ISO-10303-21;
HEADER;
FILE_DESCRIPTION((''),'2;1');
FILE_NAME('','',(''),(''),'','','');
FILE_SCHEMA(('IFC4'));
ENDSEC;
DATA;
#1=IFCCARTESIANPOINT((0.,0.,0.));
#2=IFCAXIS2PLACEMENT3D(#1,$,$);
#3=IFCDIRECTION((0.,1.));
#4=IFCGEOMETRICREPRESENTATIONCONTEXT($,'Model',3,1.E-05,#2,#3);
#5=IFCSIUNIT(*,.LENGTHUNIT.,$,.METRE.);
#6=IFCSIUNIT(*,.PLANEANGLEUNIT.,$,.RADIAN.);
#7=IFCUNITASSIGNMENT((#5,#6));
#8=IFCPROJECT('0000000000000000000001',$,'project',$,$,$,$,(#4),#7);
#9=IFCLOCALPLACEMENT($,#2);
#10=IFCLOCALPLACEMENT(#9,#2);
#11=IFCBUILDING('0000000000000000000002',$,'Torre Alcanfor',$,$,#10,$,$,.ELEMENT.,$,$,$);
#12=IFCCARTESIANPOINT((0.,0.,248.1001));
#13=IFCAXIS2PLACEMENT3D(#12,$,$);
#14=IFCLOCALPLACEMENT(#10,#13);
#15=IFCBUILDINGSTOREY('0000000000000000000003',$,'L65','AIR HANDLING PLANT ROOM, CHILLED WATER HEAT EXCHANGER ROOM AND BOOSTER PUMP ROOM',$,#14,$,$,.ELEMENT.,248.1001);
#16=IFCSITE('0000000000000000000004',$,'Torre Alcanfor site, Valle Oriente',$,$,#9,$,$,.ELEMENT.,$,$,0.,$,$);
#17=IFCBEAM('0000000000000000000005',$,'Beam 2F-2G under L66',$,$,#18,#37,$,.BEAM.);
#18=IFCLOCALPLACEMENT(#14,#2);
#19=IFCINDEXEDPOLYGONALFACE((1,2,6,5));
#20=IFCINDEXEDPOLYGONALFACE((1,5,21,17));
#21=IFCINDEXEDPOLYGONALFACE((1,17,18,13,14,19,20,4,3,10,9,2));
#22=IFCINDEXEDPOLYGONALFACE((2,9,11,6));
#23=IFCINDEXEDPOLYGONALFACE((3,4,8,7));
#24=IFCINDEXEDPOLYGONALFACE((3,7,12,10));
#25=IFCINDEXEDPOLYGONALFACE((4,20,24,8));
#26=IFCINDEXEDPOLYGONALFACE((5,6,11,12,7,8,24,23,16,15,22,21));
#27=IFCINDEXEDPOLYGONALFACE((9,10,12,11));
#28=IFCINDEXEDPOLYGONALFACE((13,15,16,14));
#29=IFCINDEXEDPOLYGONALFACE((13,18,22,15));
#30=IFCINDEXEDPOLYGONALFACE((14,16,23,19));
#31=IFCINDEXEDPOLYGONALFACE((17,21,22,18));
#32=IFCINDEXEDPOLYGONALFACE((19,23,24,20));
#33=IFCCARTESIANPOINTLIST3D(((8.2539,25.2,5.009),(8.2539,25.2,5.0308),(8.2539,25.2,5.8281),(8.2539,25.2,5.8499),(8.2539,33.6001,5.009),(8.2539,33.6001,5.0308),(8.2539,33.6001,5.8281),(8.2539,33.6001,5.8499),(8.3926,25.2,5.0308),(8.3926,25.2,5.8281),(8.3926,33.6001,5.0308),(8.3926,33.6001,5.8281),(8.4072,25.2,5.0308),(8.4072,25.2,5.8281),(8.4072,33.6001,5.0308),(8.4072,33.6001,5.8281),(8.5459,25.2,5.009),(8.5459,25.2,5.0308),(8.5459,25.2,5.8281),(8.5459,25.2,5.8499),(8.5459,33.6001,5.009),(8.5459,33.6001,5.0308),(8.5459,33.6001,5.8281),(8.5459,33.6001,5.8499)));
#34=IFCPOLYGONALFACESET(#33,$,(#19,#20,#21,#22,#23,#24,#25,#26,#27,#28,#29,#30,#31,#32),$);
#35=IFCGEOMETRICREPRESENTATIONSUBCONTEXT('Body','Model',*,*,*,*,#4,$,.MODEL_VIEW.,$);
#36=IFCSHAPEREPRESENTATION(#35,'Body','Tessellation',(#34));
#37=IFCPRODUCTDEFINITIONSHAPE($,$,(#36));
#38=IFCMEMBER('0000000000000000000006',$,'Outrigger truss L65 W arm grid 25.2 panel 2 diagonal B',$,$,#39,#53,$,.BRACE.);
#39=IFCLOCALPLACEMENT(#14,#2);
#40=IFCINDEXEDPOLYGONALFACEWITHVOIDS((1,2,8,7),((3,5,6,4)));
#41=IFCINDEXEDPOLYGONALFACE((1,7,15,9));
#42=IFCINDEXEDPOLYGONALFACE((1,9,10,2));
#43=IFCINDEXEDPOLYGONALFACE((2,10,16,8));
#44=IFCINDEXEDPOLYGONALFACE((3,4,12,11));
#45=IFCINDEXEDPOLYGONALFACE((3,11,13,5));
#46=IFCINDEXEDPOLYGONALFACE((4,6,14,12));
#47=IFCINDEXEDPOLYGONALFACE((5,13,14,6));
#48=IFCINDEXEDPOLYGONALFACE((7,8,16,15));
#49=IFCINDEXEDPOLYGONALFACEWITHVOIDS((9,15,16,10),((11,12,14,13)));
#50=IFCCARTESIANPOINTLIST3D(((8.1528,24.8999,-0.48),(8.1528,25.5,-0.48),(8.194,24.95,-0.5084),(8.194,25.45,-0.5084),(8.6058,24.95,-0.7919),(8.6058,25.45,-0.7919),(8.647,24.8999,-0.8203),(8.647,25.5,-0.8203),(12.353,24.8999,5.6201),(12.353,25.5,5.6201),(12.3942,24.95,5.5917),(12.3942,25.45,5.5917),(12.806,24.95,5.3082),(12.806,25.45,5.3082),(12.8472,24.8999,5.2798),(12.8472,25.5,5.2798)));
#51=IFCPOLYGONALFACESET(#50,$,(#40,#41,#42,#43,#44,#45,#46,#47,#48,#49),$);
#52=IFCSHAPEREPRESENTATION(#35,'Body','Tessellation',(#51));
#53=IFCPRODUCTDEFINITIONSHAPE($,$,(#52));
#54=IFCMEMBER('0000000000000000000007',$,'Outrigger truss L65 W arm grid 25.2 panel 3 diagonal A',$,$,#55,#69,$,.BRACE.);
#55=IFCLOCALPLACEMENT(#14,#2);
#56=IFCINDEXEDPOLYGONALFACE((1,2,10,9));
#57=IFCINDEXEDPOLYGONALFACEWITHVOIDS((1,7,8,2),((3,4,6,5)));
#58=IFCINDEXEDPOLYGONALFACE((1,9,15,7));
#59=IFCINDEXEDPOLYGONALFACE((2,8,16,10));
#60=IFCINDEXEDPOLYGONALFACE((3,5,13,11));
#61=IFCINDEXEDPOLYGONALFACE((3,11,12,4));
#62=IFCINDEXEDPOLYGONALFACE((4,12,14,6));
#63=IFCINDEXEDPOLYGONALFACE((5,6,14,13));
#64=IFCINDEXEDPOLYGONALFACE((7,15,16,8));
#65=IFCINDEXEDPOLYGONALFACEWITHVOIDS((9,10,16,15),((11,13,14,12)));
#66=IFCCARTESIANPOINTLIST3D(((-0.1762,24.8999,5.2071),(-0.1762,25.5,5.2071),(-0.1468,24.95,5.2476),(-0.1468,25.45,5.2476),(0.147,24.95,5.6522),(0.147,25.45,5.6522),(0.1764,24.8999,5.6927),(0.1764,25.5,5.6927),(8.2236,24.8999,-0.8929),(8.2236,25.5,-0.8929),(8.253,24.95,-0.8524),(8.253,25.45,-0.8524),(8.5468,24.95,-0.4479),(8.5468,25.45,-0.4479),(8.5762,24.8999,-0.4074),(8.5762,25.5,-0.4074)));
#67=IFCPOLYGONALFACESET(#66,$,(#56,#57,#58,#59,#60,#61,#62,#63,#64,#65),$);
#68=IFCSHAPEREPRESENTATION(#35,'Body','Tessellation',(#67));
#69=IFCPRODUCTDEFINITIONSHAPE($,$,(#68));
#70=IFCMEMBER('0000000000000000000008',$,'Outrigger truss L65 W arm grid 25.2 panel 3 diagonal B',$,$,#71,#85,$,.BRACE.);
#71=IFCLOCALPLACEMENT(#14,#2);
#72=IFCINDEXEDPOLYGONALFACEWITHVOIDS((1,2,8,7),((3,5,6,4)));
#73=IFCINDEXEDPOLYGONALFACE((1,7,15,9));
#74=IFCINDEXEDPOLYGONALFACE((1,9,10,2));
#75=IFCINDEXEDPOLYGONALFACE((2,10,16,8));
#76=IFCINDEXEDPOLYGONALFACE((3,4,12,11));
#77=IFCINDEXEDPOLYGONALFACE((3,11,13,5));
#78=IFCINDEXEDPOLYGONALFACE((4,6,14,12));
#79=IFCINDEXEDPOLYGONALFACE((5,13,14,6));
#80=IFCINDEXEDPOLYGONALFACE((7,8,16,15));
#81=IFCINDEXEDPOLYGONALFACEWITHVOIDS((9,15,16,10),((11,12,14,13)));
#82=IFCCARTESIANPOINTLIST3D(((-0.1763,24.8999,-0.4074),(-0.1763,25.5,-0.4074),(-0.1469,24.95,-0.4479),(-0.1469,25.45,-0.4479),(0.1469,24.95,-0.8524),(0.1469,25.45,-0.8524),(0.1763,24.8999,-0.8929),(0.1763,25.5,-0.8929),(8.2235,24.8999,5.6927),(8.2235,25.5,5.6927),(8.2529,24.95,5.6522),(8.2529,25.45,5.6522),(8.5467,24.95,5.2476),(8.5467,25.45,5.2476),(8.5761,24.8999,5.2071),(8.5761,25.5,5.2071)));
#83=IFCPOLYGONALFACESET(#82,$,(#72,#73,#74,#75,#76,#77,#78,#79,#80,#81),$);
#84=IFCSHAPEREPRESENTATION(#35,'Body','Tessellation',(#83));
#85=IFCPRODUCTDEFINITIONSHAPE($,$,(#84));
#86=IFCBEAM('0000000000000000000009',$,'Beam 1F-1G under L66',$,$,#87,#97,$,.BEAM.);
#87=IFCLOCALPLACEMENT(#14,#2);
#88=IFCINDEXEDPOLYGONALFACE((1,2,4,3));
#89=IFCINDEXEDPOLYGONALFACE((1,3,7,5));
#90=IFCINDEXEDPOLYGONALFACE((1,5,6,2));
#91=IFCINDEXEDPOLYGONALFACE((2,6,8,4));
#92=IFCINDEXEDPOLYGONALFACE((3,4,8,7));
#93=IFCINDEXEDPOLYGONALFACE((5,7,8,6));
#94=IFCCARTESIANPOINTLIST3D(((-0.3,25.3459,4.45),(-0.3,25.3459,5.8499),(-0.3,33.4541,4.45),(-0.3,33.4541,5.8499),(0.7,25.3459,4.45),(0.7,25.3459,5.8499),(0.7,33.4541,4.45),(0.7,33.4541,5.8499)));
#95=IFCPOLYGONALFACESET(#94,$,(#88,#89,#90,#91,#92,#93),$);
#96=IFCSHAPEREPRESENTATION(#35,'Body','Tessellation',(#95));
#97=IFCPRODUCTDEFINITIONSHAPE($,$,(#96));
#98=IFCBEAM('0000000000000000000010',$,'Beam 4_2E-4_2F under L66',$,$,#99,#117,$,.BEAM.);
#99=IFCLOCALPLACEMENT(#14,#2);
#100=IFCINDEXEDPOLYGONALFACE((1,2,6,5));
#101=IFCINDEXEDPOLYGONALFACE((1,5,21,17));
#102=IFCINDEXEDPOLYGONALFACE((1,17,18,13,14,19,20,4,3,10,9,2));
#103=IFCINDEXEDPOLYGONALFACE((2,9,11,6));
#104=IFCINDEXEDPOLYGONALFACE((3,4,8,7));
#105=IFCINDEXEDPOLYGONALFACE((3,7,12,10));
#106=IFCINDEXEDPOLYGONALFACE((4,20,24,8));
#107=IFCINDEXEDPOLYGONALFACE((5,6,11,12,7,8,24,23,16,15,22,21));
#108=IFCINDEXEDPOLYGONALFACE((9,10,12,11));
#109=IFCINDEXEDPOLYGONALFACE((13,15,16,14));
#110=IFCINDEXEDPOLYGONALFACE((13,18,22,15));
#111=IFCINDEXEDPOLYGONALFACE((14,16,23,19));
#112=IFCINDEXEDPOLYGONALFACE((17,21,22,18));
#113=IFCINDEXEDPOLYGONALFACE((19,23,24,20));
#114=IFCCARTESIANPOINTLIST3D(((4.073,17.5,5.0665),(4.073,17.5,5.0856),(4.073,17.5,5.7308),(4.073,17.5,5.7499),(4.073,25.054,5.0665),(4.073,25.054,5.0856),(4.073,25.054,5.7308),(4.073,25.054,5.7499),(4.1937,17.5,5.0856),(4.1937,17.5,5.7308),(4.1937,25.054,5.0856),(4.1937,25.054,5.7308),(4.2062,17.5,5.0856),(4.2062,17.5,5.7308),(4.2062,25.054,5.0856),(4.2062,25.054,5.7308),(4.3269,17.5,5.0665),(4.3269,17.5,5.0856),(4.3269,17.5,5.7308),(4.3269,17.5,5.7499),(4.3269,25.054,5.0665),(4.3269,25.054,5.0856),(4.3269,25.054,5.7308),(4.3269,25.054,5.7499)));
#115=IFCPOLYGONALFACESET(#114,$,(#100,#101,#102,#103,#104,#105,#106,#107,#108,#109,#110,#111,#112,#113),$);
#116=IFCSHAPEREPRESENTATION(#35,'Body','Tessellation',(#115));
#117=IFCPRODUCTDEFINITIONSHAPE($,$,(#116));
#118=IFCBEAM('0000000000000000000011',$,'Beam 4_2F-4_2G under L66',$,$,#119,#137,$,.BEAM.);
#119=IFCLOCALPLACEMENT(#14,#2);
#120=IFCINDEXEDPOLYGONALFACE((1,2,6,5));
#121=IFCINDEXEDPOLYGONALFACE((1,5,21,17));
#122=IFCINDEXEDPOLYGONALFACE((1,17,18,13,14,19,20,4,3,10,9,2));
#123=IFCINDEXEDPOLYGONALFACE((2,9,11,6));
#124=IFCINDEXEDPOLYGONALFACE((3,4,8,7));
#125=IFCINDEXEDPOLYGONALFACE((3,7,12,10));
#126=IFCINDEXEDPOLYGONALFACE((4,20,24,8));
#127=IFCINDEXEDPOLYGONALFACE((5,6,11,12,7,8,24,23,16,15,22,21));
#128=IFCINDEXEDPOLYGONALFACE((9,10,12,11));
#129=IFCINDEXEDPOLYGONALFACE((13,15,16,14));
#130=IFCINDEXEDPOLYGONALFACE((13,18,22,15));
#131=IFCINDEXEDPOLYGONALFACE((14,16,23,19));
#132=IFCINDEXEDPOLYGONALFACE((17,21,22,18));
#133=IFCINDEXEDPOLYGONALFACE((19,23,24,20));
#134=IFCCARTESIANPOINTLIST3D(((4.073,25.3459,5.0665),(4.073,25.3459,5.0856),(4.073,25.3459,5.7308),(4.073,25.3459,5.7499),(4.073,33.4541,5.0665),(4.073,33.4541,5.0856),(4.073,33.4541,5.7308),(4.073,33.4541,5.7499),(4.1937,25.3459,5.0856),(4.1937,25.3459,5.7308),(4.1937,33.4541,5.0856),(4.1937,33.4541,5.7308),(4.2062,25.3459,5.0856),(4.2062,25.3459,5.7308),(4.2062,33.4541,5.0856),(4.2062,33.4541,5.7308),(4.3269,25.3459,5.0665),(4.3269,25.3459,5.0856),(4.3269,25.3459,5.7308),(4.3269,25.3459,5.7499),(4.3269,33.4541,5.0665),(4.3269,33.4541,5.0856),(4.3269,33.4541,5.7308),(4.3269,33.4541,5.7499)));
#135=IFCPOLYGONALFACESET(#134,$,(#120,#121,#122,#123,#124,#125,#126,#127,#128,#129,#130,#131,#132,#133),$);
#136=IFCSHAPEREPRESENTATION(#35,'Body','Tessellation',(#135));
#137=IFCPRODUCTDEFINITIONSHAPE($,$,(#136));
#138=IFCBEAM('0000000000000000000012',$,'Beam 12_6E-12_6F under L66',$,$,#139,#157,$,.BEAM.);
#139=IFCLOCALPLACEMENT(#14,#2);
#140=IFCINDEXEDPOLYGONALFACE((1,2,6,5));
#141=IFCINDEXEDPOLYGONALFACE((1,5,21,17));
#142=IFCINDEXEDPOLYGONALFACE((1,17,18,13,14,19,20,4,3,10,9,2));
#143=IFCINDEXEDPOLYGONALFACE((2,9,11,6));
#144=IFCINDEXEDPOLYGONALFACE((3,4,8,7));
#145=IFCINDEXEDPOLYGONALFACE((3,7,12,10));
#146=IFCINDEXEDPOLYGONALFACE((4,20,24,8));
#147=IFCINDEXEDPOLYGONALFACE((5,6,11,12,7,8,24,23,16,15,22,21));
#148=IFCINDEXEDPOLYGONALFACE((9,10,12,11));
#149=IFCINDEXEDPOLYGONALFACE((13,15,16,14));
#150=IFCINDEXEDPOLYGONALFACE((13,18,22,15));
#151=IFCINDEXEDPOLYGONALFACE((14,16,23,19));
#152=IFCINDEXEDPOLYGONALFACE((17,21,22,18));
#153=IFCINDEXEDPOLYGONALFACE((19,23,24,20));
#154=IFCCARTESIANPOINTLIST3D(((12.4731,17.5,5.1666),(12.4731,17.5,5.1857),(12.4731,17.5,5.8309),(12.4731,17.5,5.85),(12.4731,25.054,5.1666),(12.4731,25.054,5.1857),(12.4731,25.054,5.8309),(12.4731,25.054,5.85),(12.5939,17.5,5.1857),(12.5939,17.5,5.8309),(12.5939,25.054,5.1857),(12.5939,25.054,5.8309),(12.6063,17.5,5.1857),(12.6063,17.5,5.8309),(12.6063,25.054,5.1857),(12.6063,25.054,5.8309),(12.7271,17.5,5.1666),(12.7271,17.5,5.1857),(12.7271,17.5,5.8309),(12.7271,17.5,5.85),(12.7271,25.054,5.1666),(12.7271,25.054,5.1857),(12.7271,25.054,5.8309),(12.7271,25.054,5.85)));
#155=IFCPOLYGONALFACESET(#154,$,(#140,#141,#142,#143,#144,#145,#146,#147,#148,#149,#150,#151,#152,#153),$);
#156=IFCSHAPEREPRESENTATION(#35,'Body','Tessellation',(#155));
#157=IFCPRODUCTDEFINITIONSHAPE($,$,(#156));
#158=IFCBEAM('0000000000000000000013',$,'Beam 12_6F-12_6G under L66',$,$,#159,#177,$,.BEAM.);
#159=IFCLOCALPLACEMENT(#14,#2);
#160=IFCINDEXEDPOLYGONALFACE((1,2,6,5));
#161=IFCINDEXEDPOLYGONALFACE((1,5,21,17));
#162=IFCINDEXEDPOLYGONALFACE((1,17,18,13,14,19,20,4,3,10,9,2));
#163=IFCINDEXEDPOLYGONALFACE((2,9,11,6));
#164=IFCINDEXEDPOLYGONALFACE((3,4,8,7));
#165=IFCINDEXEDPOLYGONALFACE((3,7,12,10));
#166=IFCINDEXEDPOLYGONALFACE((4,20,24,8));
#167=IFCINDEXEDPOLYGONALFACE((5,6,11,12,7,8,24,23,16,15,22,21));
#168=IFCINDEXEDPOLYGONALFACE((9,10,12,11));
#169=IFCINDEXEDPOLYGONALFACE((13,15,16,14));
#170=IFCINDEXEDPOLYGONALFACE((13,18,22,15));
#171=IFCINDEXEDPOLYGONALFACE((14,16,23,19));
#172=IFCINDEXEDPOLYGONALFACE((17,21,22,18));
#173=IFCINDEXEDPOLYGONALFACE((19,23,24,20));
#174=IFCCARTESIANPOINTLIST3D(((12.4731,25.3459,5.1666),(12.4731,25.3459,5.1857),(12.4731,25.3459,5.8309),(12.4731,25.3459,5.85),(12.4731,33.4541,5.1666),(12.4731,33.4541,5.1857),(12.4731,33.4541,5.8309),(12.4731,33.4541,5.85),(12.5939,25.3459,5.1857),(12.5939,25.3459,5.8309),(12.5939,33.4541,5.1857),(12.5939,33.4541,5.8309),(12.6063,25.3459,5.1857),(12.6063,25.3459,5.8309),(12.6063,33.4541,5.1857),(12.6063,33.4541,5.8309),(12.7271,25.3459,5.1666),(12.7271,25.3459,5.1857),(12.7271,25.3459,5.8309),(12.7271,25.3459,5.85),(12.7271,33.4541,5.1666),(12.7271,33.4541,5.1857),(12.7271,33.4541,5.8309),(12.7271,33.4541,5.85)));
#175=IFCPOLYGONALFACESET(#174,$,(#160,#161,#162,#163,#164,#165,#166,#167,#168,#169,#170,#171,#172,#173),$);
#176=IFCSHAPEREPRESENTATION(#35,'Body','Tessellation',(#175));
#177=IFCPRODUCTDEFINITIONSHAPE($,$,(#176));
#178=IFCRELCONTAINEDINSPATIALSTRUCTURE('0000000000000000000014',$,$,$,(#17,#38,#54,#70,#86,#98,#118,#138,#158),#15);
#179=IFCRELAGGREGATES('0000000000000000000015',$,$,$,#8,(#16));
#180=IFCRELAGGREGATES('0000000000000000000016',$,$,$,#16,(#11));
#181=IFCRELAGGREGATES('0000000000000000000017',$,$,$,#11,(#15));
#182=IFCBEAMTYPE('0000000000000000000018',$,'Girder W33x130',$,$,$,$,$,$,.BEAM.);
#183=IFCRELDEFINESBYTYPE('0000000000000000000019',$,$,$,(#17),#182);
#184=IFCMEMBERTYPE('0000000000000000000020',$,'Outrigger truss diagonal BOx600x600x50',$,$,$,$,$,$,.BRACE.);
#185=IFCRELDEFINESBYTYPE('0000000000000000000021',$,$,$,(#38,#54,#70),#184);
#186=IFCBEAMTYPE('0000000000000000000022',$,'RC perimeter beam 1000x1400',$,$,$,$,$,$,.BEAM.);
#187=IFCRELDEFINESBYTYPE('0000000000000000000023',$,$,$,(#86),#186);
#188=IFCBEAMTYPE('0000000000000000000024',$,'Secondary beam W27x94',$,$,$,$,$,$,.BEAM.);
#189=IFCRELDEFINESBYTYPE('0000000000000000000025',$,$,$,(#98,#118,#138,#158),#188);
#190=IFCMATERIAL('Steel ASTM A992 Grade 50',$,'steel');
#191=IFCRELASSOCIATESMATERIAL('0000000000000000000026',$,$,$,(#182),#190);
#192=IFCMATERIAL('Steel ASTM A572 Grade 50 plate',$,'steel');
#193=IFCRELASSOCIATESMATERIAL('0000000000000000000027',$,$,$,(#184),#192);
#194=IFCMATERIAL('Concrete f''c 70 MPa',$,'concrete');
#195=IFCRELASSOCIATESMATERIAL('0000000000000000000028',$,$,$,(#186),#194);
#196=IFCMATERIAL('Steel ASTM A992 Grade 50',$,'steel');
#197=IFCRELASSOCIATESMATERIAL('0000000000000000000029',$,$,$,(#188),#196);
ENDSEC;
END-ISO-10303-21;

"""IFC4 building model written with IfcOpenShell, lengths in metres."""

from ifc_helpers import new_model, si_unit, direction, frame, origin, origin_2d, place, context, subcontext, project, spatial, rectangle, hollow_rectangle, i_section, extrude, material, material_profile, profile_set, type_object, element, save


model = new_model("IFC4")

# Units and contexts
model_context = context("Model", 3, precision=1e-05, world=origin(), true_north=direction((0.0, 1.0)))
body_context = subcontext(model_context, "Body", "Model", "MODEL_VIEW")
ifc_project = project(units=[si_unit("LENGTHUNIT", "METRE"), si_unit("PLANEANGLEUNIT", "RADIAN")], contexts=[model_context])

# Site, building, storey
site_placement = place(None, origin())
site = spatial("IfcSite", under=ifc_project, at=site_placement, Name="Torre Alcanfor site, Valle Oriente", CompositionType="ELEMENT", RefElevation=0.0)
building_placement = place(site_placement, origin())
building = spatial("IfcBuilding", under=site, at=building_placement, Name="Torre Alcanfor", CompositionType="ELEMENT")
storey_placement = place(building_placement, frame((0.0, 0.0, 248.1001)))
storey = spatial("IfcBuildingStorey", under=building, at=storey_placement, Name="L65", Description="AIR HANDLING PLANT ROOM, CHILLED WATER HEAT EXCHANGER ROOM AND BOOSTER PUMP ROOM", CompositionType="ELEMENT", Elevation=248.1001)

# Beam
ifc_material_1 = material(Name="Steel ASTM A992 Grade 50", Category="steel")
ifc_material_profile_1 = material_profile(ifc_material_1, i_section(OverallWidth=0.292, OverallDepth=0.8408, WebThickness=0.0146, FlangeThickness=0.0217, at=origin_2d()), Name="W33x130")
ifc_profile_set_1 = profile_set([ifc_material_profile_1], Name="Steel ASTM A992 Grade 50")
beam_type_1 = type_object("IfcBeamType", Name="Girder W33x130", PredefinedType="BEAM", material=ifc_profile_set_1)
for number, where, z_axis, x_axis, name in (
    (1, (8.3999, 25.2, 5.4294), (0.0, 1.0, 0.0), (-1.0, 0.0, 0.0), "Beam 2F-2G under L66"),
):
    element("IfcBeam", number, at=place(storey_placement, frame(where, z_axis=z_axis, x_axis=x_axis)), inside=storey, type_object=beam_type_1, Name=name, PredefinedType="BEAM", context=body_context, shape_type="SweptSolid", body=[
        extrude(i_section(OverallWidth=0.292, OverallDepth=0.8408, WebThickness=0.0146, FlangeThickness=0.0217, at=origin_2d()), origin(), (0.0, 0.0, 1.0), 8.4001),
    ])

# Members
ifc_material_2 = material(Name="Steel ASTM A572 Grade 50 plate", Category="steel")
ifc_material_profile_2 = material_profile(ifc_material_2, hollow_rectangle(XDim=0.6001, YDim=0.6001, WallThickness=0.05, at=origin_2d()), Name="BOX 600x600x50")
ifc_profile_set_2 = profile_set([ifc_material_profile_2], Name="Steel ASTM A572 Grade 50 plate")
member_type_1 = type_object("IfcMemberType", Name="Outrigger truss diagonal BOx600x600x50", PredefinedType="BRACE", material=ifc_profile_set_2)
member_1_placement = place(storey_placement, frame((8.3999, 25.2, -0.6501), z_axis=(0.567113, 0.0, 0.82364), x_axis=(0.0, 1.0, 0.0)))
element("IfcMember", 2, at=member_1_placement, inside=storey, type_object=member_type_1, Name="Outrigger truss L65 W arm grid 25.2 panel 2 diagonal B", PredefinedType="BRACE", context=body_context, shape_type="SweptSolid", body=[
    extrude(hollow_rectangle(XDim=0.6001, YDim=0.6001, WallThickness=0.05, at=origin_2d()), origin(), (0.0, 0.0, 1.0), 7.4062),
])
for number, where, z_axis, x_axis, name in (
    (3, (8.3999, 25.2, -0.6501), (-0.809145, 0.0, 0.587609), (0.0, -1.0, 0.0), "Outrigger truss L65 W arm grid 25.2 panel 3 diagonal A"),
    (4, (0.0, 25.2, -0.6501), (0.809145, 0.0, 0.587609), (0.0, 1.0, 0.0), "Outrigger truss L65 W arm grid 25.2 panel 3 diagonal B"),
):
    element("IfcMember", number, at=place(storey_placement, frame(where, z_axis=z_axis, x_axis=x_axis)), inside=storey, type_object=member_type_1, Name=name, PredefinedType="BRACE", context=body_context, shape_type="SweptSolid", body=[
        extrude(hollow_rectangle(XDim=0.6001, YDim=0.6001, WallThickness=0.05, at=origin_2d()), origin(), (0.0, 0.0, 1.0), 10.3811),
    ])

# Beams
ifc_material_3 = material(Name="Concrete f'c 70 MPa", Category="concrete")
ifc_material_profile_3 = material_profile(ifc_material_3, rectangle(XDim=1.0, YDim=1.3999, at=origin_2d()), Name="1000x1400")
ifc_profile_set_3 = profile_set([ifc_material_profile_3], Name="Concrete f'c 70 MPa")
beam_type_2 = type_object("IfcBeamType", Name="RC perimeter beam 1000x1400", PredefinedType="BEAM", material=ifc_profile_set_3)
beam_1_placement = place(storey_placement, frame((0.2, 25.3459, 5.1499), z_axis=(0.0, 1.0, 0.0), x_axis=(-1.0, 0.0, 0.0)))
element("IfcBeam", 5, at=beam_1_placement, inside=storey, type_object=beam_type_2, Name="Beam 1F-1G under L66", PredefinedType="BEAM", context=body_context, shape_type="SweptSolid", body=[
    extrude(rectangle(XDim=1.0, YDim=1.3999, at=origin_2d()), origin(), (0.0, 0.0, 1.0), 8.1082),
])
ifc_material_4 = material(Name="Steel ASTM A992 Grade 50", Category="steel")
ifc_material_profile_4 = material_profile(ifc_material_4, i_section(OverallWidth=0.2539, OverallDepth=0.6833, WebThickness=0.0125, FlangeThickness=0.019, at=origin_2d()), Name="W27x94")
ifc_profile_set_4 = profile_set([ifc_material_profile_4], Name="Steel ASTM A992 Grade 50")
beam_type_3 = type_object("IfcBeamType", Name="Secondary beam W27x94", PredefinedType="BEAM", material=ifc_profile_set_4)
beam_2_placement = place(storey_placement, frame((4.2, 17.5, 5.4082), z_axis=(0.0, 1.0, 0.0), x_axis=(-1.0, 0.0, 0.0)))
element("IfcBeam", 6, at=beam_2_placement, inside=storey, type_object=beam_type_3, Name="Beam 4_2E-4_2F under L66", PredefinedType="BEAM", context=body_context, shape_type="SweptSolid", body=[
    extrude(i_section(OverallWidth=0.2539, OverallDepth=0.6833, WebThickness=0.0125, FlangeThickness=0.019, at=origin_2d()), origin(), (0.0, 0.0, 1.0), 7.554),
])
beam_3_placement = place(storey_placement, frame((4.2, 25.3459, 5.4082), z_axis=(0.0, 1.0, 0.0), x_axis=(-1.0, 0.0, 0.0)))
element("IfcBeam", 7, at=beam_3_placement, inside=storey, type_object=beam_type_3, Name="Beam 4_2F-4_2G under L66", PredefinedType="BEAM", context=body_context, shape_type="SweptSolid", body=[
    extrude(i_section(OverallWidth=0.2539, OverallDepth=0.6833, WebThickness=0.0125, FlangeThickness=0.019, at=origin_2d()), origin(), (0.0, 0.0, 1.0), 8.1082),
])
beam_4_placement = place(storey_placement, frame((12.6001, 17.5, 5.5083), z_axis=(0.0, 1.0, 0.0), x_axis=(-1.0, 0.0, 0.0)))
element("IfcBeam", 8, at=beam_4_placement, inside=storey, type_object=beam_type_3, Name="Beam 12_6E-12_6F under L66", PredefinedType="BEAM", context=body_context, shape_type="SweptSolid", body=[
    extrude(i_section(OverallWidth=0.2539, OverallDepth=0.6833, WebThickness=0.0125, FlangeThickness=0.019, at=origin_2d()), origin(), (0.0, 0.0, 1.0), 7.554),
])
beam_5_placement = place(storey_placement, frame((12.6001, 25.3459, 5.5083), z_axis=(0.0, 1.0, 0.0), x_axis=(-1.0, 0.0, 0.0)))
element("IfcBeam", 9, at=beam_5_placement, inside=storey, type_object=beam_type_3, Name="Beam 12_6F-12_6G under L66", PredefinedType="BEAM", context=body_context, shape_type="SweptSolid", body=[
    extrude(i_section(OverallWidth=0.2539, OverallDepth=0.6833, WebThickness=0.0125, FlangeThickness=0.019, at=origin_2d()), origin(), (0.0, 0.0, 1.0), 8.1082),
])

save(model, "model.ifc")
